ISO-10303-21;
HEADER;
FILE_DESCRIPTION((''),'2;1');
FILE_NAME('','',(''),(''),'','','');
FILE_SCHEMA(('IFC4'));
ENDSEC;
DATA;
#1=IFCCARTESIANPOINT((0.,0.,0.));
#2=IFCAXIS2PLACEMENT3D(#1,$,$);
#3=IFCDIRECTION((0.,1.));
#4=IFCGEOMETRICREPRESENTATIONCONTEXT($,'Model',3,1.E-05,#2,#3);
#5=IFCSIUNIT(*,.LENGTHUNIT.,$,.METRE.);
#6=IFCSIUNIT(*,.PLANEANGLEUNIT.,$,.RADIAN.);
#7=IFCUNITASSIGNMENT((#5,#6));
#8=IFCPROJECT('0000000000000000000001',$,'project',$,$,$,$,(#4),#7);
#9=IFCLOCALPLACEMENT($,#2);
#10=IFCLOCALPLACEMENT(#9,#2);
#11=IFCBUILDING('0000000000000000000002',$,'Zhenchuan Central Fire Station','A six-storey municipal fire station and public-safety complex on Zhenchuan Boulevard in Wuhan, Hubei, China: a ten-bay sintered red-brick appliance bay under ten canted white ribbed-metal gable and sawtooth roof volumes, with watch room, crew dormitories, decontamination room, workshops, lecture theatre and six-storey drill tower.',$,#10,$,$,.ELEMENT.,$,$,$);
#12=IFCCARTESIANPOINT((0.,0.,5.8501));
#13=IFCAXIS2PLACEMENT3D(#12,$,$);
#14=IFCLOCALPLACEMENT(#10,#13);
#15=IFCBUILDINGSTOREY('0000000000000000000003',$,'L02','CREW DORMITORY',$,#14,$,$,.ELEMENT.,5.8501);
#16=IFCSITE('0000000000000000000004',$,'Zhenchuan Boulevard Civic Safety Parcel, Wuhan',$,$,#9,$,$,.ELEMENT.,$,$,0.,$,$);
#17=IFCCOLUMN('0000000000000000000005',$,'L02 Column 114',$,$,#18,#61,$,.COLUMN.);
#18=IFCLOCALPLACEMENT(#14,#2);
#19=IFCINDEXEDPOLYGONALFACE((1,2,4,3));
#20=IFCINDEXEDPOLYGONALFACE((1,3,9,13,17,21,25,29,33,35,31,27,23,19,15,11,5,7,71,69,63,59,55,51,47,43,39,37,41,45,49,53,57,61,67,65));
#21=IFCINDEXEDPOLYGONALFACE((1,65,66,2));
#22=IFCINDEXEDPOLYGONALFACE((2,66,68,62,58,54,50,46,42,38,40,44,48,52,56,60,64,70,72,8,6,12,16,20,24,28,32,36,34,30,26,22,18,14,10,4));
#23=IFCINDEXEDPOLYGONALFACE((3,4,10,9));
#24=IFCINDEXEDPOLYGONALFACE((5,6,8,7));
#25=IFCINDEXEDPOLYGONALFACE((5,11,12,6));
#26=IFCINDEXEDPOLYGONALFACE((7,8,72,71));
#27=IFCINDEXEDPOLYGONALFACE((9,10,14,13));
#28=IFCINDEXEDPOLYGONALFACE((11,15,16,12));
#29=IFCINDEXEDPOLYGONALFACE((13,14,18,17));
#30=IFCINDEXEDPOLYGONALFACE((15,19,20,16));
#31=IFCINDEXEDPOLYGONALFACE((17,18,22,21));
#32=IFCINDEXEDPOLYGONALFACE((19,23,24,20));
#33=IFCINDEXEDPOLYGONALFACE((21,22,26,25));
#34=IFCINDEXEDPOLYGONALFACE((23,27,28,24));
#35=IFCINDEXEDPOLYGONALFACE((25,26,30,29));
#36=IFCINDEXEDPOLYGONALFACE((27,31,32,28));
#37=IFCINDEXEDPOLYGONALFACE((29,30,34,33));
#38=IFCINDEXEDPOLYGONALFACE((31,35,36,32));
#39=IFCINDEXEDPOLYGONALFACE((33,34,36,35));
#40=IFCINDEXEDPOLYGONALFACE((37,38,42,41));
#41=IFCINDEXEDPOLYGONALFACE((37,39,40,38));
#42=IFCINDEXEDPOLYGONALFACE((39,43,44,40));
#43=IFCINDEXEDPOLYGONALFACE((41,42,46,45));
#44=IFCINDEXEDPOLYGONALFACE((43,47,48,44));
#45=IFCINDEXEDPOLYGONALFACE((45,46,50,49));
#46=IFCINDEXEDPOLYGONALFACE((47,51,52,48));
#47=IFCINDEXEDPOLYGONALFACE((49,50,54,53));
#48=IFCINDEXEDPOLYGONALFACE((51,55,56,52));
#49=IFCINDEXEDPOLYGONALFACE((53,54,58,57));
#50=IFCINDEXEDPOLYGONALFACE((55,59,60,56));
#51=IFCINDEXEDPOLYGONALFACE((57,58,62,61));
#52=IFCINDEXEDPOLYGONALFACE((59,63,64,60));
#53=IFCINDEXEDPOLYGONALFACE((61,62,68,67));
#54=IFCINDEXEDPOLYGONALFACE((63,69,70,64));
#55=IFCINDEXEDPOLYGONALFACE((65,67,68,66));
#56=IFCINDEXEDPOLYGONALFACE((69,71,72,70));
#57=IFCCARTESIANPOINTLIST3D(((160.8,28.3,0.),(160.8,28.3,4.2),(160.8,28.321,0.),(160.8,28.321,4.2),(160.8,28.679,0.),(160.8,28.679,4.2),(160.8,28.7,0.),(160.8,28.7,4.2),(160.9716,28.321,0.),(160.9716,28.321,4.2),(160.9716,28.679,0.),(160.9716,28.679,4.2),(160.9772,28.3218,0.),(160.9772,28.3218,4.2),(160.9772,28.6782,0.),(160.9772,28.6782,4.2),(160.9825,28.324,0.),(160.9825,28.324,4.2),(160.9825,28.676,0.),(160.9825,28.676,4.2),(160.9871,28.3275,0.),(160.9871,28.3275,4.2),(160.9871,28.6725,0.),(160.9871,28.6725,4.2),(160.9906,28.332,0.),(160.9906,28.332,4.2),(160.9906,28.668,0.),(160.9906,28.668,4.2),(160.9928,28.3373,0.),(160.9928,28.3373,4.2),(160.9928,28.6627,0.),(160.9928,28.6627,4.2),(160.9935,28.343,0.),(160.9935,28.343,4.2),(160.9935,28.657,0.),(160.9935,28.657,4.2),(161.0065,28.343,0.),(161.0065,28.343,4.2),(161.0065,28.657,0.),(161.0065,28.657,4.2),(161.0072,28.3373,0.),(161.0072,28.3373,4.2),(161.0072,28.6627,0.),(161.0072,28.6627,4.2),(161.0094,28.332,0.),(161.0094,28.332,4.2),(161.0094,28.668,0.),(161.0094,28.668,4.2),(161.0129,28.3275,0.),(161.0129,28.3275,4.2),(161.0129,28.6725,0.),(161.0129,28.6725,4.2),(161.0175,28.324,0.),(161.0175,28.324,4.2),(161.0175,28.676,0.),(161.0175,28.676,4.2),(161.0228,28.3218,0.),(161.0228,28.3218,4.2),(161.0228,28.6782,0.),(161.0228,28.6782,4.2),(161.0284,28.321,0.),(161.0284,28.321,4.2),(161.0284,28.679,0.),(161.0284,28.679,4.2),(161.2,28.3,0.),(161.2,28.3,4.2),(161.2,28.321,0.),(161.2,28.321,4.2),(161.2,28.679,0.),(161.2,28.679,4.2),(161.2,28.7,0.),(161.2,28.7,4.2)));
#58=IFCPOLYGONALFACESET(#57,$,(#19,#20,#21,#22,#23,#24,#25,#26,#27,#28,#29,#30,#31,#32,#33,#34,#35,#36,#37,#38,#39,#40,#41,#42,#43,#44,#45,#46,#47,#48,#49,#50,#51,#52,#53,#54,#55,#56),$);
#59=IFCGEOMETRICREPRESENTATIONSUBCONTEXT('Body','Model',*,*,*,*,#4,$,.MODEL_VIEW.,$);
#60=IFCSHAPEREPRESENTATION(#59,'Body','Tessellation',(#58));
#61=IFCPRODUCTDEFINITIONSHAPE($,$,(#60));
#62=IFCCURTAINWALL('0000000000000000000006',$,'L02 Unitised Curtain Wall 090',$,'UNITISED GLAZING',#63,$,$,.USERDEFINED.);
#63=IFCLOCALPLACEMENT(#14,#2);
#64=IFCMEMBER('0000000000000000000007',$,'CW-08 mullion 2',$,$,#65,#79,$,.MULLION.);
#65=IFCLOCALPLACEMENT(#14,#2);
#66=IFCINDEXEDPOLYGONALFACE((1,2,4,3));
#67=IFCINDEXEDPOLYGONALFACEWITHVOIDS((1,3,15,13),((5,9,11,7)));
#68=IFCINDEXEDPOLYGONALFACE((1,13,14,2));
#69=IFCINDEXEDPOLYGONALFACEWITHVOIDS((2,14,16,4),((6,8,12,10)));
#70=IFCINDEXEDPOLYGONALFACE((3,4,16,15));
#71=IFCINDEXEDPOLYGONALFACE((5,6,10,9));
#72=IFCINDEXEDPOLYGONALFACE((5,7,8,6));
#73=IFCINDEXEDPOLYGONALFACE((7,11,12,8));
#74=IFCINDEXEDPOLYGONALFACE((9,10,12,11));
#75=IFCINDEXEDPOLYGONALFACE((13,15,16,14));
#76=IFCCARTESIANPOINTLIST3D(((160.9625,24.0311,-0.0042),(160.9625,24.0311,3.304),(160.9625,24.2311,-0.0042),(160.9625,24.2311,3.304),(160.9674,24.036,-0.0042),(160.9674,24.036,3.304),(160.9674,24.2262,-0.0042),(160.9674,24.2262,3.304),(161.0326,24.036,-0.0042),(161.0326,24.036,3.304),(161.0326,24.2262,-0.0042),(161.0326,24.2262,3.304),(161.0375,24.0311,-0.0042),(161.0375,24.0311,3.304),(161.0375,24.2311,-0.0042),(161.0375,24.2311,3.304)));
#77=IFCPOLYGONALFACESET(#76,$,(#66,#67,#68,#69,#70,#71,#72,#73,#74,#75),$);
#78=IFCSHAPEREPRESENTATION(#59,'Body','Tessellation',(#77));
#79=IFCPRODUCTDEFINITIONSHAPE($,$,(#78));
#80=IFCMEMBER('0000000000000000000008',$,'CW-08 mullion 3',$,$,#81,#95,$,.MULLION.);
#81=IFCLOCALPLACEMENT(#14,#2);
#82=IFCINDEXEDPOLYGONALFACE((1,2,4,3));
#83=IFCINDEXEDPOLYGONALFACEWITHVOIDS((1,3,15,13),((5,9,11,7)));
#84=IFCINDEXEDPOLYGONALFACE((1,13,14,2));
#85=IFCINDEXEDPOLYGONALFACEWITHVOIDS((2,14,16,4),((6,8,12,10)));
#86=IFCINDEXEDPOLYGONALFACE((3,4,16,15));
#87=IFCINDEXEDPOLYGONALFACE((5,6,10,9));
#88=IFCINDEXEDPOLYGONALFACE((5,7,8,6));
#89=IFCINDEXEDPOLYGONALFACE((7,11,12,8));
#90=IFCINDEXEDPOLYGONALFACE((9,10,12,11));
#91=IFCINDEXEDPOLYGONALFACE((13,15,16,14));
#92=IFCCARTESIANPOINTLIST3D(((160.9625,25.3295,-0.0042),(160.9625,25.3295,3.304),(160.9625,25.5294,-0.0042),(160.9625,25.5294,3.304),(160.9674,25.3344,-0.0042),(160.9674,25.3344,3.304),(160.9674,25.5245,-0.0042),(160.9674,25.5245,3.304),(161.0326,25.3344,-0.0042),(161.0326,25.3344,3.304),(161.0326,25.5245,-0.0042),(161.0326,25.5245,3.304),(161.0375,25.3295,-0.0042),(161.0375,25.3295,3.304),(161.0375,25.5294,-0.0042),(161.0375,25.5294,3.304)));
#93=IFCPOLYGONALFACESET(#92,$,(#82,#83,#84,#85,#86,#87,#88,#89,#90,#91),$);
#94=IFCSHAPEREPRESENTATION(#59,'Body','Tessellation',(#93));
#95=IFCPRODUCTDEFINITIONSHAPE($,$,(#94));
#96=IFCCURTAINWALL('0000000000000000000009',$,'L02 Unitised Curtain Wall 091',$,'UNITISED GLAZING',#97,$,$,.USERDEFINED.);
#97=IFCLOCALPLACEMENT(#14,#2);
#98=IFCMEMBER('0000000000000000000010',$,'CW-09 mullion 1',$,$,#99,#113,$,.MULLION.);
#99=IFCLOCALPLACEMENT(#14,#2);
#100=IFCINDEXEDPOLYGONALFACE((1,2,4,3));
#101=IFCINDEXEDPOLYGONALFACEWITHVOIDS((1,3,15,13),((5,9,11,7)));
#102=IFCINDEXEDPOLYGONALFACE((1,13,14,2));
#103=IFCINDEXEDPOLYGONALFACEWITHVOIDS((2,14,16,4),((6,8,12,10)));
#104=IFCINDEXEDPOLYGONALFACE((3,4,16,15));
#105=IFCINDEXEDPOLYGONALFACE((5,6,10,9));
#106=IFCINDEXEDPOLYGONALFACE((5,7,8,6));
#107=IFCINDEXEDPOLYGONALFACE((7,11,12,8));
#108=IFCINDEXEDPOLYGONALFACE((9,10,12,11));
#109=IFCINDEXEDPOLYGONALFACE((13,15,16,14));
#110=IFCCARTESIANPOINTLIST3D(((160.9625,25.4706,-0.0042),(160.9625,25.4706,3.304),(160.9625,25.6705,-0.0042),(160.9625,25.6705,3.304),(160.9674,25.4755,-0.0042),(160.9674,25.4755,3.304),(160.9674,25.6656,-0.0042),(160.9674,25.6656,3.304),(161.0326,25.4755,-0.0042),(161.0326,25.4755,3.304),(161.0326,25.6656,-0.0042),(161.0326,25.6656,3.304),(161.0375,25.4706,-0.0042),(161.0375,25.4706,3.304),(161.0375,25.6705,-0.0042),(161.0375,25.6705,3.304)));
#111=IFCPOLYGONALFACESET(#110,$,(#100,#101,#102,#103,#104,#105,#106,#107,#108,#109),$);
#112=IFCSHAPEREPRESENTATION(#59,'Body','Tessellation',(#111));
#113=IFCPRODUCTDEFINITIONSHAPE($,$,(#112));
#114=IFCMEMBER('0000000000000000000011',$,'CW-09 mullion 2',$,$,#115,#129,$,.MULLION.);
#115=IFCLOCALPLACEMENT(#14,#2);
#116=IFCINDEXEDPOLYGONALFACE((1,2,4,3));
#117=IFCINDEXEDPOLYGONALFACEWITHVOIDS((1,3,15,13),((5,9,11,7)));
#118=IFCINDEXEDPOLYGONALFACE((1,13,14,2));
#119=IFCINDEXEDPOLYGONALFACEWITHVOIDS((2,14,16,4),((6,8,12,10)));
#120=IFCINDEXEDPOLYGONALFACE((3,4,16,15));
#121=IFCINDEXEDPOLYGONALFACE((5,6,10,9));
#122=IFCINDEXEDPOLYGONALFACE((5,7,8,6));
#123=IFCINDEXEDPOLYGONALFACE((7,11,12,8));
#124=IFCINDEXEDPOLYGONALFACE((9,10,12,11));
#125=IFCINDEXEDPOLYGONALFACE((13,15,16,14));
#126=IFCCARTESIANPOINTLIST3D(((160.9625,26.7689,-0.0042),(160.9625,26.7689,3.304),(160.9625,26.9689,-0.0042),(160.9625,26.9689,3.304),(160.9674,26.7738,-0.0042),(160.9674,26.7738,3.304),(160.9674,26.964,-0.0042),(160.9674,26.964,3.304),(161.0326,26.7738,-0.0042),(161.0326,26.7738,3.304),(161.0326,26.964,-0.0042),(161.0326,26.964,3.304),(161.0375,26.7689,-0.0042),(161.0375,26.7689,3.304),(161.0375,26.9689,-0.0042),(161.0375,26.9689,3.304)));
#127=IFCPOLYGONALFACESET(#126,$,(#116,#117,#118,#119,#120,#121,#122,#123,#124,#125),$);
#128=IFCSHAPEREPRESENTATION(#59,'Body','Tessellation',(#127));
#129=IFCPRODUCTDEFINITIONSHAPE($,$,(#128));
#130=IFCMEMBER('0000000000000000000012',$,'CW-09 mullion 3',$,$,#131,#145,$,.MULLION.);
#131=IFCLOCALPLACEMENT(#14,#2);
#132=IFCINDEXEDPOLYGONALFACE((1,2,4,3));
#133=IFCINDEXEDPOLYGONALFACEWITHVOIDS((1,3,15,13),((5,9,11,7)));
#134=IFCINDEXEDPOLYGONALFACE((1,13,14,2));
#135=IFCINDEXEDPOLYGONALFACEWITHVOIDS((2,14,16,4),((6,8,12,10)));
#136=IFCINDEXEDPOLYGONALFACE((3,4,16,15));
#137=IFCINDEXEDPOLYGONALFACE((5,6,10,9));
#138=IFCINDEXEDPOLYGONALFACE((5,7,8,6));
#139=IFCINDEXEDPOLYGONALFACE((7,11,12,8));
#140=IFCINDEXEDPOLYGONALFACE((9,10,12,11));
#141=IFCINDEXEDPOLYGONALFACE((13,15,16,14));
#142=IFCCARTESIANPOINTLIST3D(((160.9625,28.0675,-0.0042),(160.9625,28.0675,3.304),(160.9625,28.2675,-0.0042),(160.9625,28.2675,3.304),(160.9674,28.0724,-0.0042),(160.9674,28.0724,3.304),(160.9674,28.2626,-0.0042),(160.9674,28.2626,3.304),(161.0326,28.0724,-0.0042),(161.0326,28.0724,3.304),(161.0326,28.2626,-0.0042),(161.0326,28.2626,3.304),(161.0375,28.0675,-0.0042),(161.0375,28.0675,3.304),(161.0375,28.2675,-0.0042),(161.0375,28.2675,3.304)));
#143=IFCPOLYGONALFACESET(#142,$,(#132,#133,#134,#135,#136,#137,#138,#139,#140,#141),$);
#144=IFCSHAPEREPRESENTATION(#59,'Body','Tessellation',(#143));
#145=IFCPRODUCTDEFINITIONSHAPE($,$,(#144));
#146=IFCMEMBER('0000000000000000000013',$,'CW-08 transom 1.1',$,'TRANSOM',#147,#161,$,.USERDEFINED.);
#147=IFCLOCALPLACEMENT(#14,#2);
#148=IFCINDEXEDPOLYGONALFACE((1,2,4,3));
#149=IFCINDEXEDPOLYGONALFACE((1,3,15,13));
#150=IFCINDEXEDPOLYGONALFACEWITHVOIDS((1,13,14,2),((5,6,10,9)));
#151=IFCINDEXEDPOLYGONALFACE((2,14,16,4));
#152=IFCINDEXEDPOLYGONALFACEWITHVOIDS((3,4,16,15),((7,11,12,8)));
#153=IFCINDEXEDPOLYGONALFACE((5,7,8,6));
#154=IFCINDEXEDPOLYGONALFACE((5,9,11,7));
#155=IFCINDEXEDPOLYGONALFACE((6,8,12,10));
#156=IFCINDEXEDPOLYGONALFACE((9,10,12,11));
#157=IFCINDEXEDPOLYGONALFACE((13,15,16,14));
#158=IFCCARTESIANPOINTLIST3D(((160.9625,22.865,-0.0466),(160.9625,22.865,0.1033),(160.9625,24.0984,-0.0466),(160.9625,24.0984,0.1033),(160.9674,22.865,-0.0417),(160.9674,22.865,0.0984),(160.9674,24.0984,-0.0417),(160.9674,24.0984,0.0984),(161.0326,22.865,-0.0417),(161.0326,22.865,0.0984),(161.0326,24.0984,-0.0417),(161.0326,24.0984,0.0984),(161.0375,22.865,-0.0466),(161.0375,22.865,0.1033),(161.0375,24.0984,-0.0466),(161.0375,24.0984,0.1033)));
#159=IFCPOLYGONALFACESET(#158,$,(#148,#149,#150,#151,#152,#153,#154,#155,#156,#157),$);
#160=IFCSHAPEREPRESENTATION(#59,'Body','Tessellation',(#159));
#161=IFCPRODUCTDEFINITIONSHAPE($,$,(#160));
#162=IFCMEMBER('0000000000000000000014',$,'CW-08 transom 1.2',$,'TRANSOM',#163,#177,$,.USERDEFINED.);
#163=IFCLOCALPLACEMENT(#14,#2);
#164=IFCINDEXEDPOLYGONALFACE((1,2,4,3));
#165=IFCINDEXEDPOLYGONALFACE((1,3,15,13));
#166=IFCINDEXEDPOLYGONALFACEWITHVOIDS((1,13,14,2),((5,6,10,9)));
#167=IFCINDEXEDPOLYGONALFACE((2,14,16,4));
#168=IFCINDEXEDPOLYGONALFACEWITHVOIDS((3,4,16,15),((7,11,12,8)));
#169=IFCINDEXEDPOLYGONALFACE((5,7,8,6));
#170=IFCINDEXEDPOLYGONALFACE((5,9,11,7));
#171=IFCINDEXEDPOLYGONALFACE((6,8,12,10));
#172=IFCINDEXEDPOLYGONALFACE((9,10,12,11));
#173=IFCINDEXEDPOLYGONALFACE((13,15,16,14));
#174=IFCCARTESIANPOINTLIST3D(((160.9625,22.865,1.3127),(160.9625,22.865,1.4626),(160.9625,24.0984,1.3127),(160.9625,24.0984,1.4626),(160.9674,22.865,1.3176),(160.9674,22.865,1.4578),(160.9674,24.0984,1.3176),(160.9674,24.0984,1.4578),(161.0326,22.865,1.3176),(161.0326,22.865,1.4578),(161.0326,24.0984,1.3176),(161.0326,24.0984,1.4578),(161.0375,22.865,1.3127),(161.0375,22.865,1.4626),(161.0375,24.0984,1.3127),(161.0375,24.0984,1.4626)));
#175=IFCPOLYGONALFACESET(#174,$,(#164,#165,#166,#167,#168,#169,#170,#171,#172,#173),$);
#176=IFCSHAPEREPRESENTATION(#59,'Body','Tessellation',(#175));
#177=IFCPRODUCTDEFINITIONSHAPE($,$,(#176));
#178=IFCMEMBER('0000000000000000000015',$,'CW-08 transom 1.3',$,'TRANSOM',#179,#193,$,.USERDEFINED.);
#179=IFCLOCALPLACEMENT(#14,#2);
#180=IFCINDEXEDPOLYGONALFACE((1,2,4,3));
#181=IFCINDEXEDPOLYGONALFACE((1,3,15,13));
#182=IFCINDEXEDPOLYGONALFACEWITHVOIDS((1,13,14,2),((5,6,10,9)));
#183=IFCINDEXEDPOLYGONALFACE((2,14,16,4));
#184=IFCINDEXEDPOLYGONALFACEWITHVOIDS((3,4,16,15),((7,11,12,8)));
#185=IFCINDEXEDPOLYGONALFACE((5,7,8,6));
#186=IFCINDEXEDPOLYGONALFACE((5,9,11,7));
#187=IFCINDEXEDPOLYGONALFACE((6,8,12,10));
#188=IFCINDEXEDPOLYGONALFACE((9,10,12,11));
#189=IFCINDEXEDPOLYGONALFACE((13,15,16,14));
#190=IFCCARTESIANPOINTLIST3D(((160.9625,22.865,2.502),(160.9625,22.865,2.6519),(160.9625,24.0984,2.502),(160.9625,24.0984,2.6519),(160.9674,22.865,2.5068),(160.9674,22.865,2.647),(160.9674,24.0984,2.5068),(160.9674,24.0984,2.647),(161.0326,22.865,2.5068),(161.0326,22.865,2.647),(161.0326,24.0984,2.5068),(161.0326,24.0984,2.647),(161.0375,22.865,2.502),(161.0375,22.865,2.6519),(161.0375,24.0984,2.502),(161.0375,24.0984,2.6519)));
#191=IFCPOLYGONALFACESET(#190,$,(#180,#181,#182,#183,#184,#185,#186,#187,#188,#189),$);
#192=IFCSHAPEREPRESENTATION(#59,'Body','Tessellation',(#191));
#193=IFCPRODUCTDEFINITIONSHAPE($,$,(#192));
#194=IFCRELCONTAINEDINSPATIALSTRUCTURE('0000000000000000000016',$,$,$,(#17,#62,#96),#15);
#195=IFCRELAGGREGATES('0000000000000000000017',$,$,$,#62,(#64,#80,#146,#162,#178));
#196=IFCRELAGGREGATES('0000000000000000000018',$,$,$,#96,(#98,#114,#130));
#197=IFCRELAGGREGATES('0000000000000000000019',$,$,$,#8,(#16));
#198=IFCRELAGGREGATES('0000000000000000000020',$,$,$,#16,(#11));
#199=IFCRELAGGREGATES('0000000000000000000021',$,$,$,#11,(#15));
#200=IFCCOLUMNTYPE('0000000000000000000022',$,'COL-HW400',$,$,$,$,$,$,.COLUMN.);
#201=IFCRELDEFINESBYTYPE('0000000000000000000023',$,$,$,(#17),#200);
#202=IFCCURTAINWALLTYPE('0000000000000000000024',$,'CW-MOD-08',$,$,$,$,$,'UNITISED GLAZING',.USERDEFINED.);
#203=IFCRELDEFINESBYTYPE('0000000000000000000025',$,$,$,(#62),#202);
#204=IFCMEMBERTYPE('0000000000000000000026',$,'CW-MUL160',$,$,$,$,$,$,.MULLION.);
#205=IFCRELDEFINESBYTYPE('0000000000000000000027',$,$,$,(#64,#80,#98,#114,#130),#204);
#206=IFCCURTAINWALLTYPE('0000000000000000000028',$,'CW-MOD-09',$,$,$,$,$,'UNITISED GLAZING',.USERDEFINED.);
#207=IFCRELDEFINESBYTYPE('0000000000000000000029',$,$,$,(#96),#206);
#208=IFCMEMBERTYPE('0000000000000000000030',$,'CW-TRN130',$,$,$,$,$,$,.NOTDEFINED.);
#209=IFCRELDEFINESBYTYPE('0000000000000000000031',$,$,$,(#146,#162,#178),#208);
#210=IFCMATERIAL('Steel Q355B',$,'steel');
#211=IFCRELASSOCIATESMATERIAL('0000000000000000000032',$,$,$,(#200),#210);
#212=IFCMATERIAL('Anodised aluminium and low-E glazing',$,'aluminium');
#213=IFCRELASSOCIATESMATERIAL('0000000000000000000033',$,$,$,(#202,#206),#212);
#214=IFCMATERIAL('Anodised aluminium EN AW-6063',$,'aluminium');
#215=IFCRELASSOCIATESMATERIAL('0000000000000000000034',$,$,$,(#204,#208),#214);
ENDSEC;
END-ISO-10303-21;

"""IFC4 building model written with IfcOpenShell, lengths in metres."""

from ifc_helpers import new_model, si_unit, direction, frame, origin, origin_2d, place, context, subcontext, project, spatial, hollow_rectangle, i_section, extrude, material, material_profile, profile_set, type_object, element, aggregate, save


model = new_model("IFC4")

# Units and contexts
model_context = context("Model", 3, precision=1e-05, world=origin(), true_north=direction((0.0, 1.0)))
body_context = subcontext(model_context, "Body", "Model", "MODEL_VIEW")
ifc_project = project(units=[si_unit("LENGTHUNIT", "METRE"), si_unit("PLANEANGLEUNIT", "RADIAN")], contexts=[model_context])

# Site, building, storey
site_placement = place(None, origin())
site = spatial("IfcSite", under=ifc_project, at=site_placement, Name="Zhenchuan Boulevard Civic Safety Parcel, Wuhan", CompositionType="ELEMENT", RefElevation=0.0)
building_placement = place(site_placement, origin())
building = spatial("IfcBuilding", under=site, at=building_placement, Name="Zhenchuan Central Fire Station", Description="A six-storey municipal fire station and public-safety complex on Zhenchuan Boulevard in Wuhan, Hubei, China: a ten-bay sintered red-brick appliance bay under ten canted white ribbed-metal gable and sawtooth roof volumes, with watch room, crew dormitories, decontamination room, workshops, lecture theatre and six-storey drill tower.", CompositionType="ELEMENT")
storey_placement = place(building_placement, frame((0.0, 0.0, 5.8501)))
storey = spatial("IfcBuildingStorey", under=building, at=storey_placement, Name="L02", Description="CREW DORMITORY", CompositionType="ELEMENT", Elevation=5.8501)

# Column
ifc_material_1 = material(Name="Steel Q355B", Category="steel")
ifc_material_profile_1 = material_profile(ifc_material_1, i_section(OverallWidth=0.3999, OverallDepth=0.3999, WebThickness=0.0129, FlangeThickness=0.021, FilletRadius=0.022, at=origin_2d()), Name="HW 400x400")
ifc_profile_set_1 = profile_set([ifc_material_profile_1], Name="Steel Q355B")
column_type = type_object("IfcColumnType", Name="COL-HW400", PredefinedType="COLUMN", material=ifc_profile_set_1)
column_placement = place(storey_placement, frame((161.0, 28.5, 0.0), z_axis=(0.0, 0.0, 1.0), x_axis=(1.0, 0.0, 0.0)))
element("IfcColumn", 1, at=column_placement, inside=storey, type_object=column_type, Name="L02 Column 114", PredefinedType="COLUMN", context=body_context, shape_type="SweptSolid", body=[
    extrude(i_section(OverallWidth=0.3999, OverallDepth=0.3999, WebThickness=0.0129, FlangeThickness=0.021, FilletRadius=0.022, at=origin_2d()), origin(), (0.0, 0.0, 1.0), 4.2),
])

# Curtain walls, members
ifc_material_2 = material(Name="Anodised aluminium and low-E glazing", Category="aluminium")
curtain_wall_type_1 = type_object("IfcCurtainWallType", Name="CW-MOD-08", ElementType="UNITISED GLAZING", PredefinedType="USERDEFINED", material=ifc_material_2)
curtain_wall_1_placement = place(storey_placement, origin())
curtain_wall_1 = element("IfcCurtainWall", 2, at=curtain_wall_1_placement, inside=storey, type_object=curtain_wall_type_1, Name="L02 Unitised Curtain Wall 090", ObjectType="UNITISED GLAZING", PredefinedType="USERDEFINED")
ifc_material_3 = material(Name="Anodised aluminium EN AW-6063", Category="aluminium")
ifc_material_profile_2 = material_profile(ifc_material_3, hollow_rectangle(XDim=0.075, YDim=0.2, WallThickness=0.0049, at=origin_2d()), Name="ALU-M 200x75")
ifc_profile_set_2 = profile_set([ifc_material_profile_2], Name="Anodised aluminium EN AW-6063")
member_type_1 = type_object("IfcMemberType", Name="CW-MUL160", PredefinedType="MULLION", material=ifc_profile_set_2)
member_1_placement = place(storey_placement, frame((161.0, 24.1311, -0.0042), z_axis=(0.0, 0.0, 1.0), x_axis=(-1.0, 0.0, 0.0)))
member_1 = element("IfcMember", 3, at=member_1_placement, type_object=member_type_1, Name="CW-08 mullion 2", PredefinedType="MULLION", context=body_context, shape_type="SweptSolid", body=[
    extrude(hollow_rectangle(XDim=0.075, YDim=0.2, WallThickness=0.0049, at=origin_2d()), origin(), (0.0, 0.0, 1.0), 3.3081),
])
member_2_placement = place(storey_placement, frame((161.0, 25.4294, -0.0042), z_axis=(0.0, 0.0, 1.0), x_axis=(-1.0, 0.0, 0.0)))
member_2 = element("IfcMember", 4, at=member_2_placement, type_object=member_type_1, Name="CW-08 mullion 3", PredefinedType="MULLION", context=body_context, shape_type="SweptSolid", body=[
    extrude(hollow_rectangle(XDim=0.075, YDim=0.2, WallThickness=0.0049, at=origin_2d()), origin(), (0.0, 0.0, 1.0), 3.3081),
])
curtain_wall_type_2 = type_object("IfcCurtainWallType", Name="CW-MOD-09", ElementType="UNITISED GLAZING", PredefinedType="USERDEFINED", material=ifc_material_2)
curtain_wall_2_placement = place(storey_placement, origin())
curtain_wall_2 = element("IfcCurtainWall", 5, at=curtain_wall_2_placement, inside=storey, type_object=curtain_wall_type_2, Name="L02 Unitised Curtain Wall 091", ObjectType="UNITISED GLAZING", PredefinedType="USERDEFINED")
member_3_placement = place(storey_placement, frame((161.0, 25.5706, -0.0042), z_axis=(0.0, 0.0, 1.0), x_axis=(-1.0, 0.0, 0.0)))
member_3 = element("IfcMember", 6, at=member_3_placement, type_object=member_type_1, Name="CW-09 mullion 1", PredefinedType="MULLION", context=body_context, shape_type="SweptSolid", body=[
    extrude(hollow_rectangle(XDim=0.075, YDim=0.2, WallThickness=0.0049, at=origin_2d()), origin(), (0.0, 0.0, 1.0), 3.3081),
])
member_4_placement = place(storey_placement, frame((161.0, 26.8689, -0.0042), z_axis=(0.0, 0.0, 1.0), x_axis=(-1.0, 0.0, 0.0)))
member_4 = element("IfcMember", 7, at=member_4_placement, type_object=member_type_1, Name="CW-09 mullion 2", PredefinedType="MULLION", context=body_context, shape_type="SweptSolid", body=[
    extrude(hollow_rectangle(XDim=0.075, YDim=0.2, WallThickness=0.0049, at=origin_2d()), origin(), (0.0, 0.0, 1.0), 3.3081),
])
member_5_placement = place(storey_placement, frame((161.0, 28.1675, -0.0042), z_axis=(0.0, 0.0, 1.0), x_axis=(-1.0, 0.0, 0.0)))
member_5 = element("IfcMember", 8, at=member_5_placement, type_object=member_type_1, Name="CW-09 mullion 3", PredefinedType="MULLION", context=body_context, shape_type="SweptSolid", body=[
    extrude(hollow_rectangle(XDim=0.075, YDim=0.2, WallThickness=0.0049, at=origin_2d()), origin(), (0.0, 0.0, 1.0), 3.3081),
])

# Members
ifc_material_profile_3 = material_profile(ifc_material_3, hollow_rectangle(XDim=0.075, YDim=0.1499, WallThickness=0.0049, at=origin_2d()), Name="ALU-T 150x75")
ifc_profile_set_3 = profile_set([ifc_material_profile_3], Name="Anodised aluminium EN AW-6063")
member_type_2 = type_object("IfcMemberType", Name="CW-TRN130", PredefinedType="NOTDEFINED", material=ifc_profile_set_3)
member_6_placement = place(storey_placement, frame((161.0, 22.865, 0.0283), z_axis=(0.0, 1.0, 0.0), x_axis=(-1.0, 0.0, 0.0)))
member_6 = element("IfcMember", 9, at=member_6_placement, type_object=member_type_2, Name="CW-08 transom 1.1", ObjectType="TRANSOM", PredefinedType="USERDEFINED", context=body_context, shape_type="SweptSolid", body=[
    extrude(hollow_rectangle(XDim=0.075, YDim=0.1499, WallThickness=0.0049, at=origin_2d()), origin(), (0.0, 0.0, 1.0), 1.2334),
])
member_7_placement = place(storey_placement, frame((161.0, 22.865, 1.3877), z_axis=(0.0, 1.0, 0.0), x_axis=(-1.0, 0.0, 0.0)))
member_7 = element("IfcMember", 10, at=member_7_placement, type_object=member_type_2, Name="CW-08 transom 1.2", ObjectType="TRANSOM", PredefinedType="USERDEFINED", context=body_context, shape_type="SweptSolid", body=[
    extrude(hollow_rectangle(XDim=0.075, YDim=0.1499, WallThickness=0.0049, at=origin_2d()), origin(), (0.0, 0.0, 1.0), 1.2334),
])
member_8_placement = place(storey_placement, frame((161.0, 22.865, 2.5769), z_axis=(0.0, 1.0, 0.0), x_axis=(-1.0, 0.0, 0.0)))
member_8 = element("IfcMember", 11, at=member_8_placement, type_object=member_type_2, Name="CW-08 transom 1.3", ObjectType="TRANSOM", PredefinedType="USERDEFINED", context=body_context, shape_type="SweptSolid", body=[
    extrude(hollow_rectangle(XDim=0.075, YDim=0.1499, WallThickness=0.0049, at=origin_2d()), origin(), (0.0, 0.0, 1.0), 1.2334),
])

aggregate(curtain_wall_1, [member_1, member_2, member_6, member_7, member_8])
aggregate(curtain_wall_2, [member_3, member_4, member_5])

save(model, "model.ifc")
